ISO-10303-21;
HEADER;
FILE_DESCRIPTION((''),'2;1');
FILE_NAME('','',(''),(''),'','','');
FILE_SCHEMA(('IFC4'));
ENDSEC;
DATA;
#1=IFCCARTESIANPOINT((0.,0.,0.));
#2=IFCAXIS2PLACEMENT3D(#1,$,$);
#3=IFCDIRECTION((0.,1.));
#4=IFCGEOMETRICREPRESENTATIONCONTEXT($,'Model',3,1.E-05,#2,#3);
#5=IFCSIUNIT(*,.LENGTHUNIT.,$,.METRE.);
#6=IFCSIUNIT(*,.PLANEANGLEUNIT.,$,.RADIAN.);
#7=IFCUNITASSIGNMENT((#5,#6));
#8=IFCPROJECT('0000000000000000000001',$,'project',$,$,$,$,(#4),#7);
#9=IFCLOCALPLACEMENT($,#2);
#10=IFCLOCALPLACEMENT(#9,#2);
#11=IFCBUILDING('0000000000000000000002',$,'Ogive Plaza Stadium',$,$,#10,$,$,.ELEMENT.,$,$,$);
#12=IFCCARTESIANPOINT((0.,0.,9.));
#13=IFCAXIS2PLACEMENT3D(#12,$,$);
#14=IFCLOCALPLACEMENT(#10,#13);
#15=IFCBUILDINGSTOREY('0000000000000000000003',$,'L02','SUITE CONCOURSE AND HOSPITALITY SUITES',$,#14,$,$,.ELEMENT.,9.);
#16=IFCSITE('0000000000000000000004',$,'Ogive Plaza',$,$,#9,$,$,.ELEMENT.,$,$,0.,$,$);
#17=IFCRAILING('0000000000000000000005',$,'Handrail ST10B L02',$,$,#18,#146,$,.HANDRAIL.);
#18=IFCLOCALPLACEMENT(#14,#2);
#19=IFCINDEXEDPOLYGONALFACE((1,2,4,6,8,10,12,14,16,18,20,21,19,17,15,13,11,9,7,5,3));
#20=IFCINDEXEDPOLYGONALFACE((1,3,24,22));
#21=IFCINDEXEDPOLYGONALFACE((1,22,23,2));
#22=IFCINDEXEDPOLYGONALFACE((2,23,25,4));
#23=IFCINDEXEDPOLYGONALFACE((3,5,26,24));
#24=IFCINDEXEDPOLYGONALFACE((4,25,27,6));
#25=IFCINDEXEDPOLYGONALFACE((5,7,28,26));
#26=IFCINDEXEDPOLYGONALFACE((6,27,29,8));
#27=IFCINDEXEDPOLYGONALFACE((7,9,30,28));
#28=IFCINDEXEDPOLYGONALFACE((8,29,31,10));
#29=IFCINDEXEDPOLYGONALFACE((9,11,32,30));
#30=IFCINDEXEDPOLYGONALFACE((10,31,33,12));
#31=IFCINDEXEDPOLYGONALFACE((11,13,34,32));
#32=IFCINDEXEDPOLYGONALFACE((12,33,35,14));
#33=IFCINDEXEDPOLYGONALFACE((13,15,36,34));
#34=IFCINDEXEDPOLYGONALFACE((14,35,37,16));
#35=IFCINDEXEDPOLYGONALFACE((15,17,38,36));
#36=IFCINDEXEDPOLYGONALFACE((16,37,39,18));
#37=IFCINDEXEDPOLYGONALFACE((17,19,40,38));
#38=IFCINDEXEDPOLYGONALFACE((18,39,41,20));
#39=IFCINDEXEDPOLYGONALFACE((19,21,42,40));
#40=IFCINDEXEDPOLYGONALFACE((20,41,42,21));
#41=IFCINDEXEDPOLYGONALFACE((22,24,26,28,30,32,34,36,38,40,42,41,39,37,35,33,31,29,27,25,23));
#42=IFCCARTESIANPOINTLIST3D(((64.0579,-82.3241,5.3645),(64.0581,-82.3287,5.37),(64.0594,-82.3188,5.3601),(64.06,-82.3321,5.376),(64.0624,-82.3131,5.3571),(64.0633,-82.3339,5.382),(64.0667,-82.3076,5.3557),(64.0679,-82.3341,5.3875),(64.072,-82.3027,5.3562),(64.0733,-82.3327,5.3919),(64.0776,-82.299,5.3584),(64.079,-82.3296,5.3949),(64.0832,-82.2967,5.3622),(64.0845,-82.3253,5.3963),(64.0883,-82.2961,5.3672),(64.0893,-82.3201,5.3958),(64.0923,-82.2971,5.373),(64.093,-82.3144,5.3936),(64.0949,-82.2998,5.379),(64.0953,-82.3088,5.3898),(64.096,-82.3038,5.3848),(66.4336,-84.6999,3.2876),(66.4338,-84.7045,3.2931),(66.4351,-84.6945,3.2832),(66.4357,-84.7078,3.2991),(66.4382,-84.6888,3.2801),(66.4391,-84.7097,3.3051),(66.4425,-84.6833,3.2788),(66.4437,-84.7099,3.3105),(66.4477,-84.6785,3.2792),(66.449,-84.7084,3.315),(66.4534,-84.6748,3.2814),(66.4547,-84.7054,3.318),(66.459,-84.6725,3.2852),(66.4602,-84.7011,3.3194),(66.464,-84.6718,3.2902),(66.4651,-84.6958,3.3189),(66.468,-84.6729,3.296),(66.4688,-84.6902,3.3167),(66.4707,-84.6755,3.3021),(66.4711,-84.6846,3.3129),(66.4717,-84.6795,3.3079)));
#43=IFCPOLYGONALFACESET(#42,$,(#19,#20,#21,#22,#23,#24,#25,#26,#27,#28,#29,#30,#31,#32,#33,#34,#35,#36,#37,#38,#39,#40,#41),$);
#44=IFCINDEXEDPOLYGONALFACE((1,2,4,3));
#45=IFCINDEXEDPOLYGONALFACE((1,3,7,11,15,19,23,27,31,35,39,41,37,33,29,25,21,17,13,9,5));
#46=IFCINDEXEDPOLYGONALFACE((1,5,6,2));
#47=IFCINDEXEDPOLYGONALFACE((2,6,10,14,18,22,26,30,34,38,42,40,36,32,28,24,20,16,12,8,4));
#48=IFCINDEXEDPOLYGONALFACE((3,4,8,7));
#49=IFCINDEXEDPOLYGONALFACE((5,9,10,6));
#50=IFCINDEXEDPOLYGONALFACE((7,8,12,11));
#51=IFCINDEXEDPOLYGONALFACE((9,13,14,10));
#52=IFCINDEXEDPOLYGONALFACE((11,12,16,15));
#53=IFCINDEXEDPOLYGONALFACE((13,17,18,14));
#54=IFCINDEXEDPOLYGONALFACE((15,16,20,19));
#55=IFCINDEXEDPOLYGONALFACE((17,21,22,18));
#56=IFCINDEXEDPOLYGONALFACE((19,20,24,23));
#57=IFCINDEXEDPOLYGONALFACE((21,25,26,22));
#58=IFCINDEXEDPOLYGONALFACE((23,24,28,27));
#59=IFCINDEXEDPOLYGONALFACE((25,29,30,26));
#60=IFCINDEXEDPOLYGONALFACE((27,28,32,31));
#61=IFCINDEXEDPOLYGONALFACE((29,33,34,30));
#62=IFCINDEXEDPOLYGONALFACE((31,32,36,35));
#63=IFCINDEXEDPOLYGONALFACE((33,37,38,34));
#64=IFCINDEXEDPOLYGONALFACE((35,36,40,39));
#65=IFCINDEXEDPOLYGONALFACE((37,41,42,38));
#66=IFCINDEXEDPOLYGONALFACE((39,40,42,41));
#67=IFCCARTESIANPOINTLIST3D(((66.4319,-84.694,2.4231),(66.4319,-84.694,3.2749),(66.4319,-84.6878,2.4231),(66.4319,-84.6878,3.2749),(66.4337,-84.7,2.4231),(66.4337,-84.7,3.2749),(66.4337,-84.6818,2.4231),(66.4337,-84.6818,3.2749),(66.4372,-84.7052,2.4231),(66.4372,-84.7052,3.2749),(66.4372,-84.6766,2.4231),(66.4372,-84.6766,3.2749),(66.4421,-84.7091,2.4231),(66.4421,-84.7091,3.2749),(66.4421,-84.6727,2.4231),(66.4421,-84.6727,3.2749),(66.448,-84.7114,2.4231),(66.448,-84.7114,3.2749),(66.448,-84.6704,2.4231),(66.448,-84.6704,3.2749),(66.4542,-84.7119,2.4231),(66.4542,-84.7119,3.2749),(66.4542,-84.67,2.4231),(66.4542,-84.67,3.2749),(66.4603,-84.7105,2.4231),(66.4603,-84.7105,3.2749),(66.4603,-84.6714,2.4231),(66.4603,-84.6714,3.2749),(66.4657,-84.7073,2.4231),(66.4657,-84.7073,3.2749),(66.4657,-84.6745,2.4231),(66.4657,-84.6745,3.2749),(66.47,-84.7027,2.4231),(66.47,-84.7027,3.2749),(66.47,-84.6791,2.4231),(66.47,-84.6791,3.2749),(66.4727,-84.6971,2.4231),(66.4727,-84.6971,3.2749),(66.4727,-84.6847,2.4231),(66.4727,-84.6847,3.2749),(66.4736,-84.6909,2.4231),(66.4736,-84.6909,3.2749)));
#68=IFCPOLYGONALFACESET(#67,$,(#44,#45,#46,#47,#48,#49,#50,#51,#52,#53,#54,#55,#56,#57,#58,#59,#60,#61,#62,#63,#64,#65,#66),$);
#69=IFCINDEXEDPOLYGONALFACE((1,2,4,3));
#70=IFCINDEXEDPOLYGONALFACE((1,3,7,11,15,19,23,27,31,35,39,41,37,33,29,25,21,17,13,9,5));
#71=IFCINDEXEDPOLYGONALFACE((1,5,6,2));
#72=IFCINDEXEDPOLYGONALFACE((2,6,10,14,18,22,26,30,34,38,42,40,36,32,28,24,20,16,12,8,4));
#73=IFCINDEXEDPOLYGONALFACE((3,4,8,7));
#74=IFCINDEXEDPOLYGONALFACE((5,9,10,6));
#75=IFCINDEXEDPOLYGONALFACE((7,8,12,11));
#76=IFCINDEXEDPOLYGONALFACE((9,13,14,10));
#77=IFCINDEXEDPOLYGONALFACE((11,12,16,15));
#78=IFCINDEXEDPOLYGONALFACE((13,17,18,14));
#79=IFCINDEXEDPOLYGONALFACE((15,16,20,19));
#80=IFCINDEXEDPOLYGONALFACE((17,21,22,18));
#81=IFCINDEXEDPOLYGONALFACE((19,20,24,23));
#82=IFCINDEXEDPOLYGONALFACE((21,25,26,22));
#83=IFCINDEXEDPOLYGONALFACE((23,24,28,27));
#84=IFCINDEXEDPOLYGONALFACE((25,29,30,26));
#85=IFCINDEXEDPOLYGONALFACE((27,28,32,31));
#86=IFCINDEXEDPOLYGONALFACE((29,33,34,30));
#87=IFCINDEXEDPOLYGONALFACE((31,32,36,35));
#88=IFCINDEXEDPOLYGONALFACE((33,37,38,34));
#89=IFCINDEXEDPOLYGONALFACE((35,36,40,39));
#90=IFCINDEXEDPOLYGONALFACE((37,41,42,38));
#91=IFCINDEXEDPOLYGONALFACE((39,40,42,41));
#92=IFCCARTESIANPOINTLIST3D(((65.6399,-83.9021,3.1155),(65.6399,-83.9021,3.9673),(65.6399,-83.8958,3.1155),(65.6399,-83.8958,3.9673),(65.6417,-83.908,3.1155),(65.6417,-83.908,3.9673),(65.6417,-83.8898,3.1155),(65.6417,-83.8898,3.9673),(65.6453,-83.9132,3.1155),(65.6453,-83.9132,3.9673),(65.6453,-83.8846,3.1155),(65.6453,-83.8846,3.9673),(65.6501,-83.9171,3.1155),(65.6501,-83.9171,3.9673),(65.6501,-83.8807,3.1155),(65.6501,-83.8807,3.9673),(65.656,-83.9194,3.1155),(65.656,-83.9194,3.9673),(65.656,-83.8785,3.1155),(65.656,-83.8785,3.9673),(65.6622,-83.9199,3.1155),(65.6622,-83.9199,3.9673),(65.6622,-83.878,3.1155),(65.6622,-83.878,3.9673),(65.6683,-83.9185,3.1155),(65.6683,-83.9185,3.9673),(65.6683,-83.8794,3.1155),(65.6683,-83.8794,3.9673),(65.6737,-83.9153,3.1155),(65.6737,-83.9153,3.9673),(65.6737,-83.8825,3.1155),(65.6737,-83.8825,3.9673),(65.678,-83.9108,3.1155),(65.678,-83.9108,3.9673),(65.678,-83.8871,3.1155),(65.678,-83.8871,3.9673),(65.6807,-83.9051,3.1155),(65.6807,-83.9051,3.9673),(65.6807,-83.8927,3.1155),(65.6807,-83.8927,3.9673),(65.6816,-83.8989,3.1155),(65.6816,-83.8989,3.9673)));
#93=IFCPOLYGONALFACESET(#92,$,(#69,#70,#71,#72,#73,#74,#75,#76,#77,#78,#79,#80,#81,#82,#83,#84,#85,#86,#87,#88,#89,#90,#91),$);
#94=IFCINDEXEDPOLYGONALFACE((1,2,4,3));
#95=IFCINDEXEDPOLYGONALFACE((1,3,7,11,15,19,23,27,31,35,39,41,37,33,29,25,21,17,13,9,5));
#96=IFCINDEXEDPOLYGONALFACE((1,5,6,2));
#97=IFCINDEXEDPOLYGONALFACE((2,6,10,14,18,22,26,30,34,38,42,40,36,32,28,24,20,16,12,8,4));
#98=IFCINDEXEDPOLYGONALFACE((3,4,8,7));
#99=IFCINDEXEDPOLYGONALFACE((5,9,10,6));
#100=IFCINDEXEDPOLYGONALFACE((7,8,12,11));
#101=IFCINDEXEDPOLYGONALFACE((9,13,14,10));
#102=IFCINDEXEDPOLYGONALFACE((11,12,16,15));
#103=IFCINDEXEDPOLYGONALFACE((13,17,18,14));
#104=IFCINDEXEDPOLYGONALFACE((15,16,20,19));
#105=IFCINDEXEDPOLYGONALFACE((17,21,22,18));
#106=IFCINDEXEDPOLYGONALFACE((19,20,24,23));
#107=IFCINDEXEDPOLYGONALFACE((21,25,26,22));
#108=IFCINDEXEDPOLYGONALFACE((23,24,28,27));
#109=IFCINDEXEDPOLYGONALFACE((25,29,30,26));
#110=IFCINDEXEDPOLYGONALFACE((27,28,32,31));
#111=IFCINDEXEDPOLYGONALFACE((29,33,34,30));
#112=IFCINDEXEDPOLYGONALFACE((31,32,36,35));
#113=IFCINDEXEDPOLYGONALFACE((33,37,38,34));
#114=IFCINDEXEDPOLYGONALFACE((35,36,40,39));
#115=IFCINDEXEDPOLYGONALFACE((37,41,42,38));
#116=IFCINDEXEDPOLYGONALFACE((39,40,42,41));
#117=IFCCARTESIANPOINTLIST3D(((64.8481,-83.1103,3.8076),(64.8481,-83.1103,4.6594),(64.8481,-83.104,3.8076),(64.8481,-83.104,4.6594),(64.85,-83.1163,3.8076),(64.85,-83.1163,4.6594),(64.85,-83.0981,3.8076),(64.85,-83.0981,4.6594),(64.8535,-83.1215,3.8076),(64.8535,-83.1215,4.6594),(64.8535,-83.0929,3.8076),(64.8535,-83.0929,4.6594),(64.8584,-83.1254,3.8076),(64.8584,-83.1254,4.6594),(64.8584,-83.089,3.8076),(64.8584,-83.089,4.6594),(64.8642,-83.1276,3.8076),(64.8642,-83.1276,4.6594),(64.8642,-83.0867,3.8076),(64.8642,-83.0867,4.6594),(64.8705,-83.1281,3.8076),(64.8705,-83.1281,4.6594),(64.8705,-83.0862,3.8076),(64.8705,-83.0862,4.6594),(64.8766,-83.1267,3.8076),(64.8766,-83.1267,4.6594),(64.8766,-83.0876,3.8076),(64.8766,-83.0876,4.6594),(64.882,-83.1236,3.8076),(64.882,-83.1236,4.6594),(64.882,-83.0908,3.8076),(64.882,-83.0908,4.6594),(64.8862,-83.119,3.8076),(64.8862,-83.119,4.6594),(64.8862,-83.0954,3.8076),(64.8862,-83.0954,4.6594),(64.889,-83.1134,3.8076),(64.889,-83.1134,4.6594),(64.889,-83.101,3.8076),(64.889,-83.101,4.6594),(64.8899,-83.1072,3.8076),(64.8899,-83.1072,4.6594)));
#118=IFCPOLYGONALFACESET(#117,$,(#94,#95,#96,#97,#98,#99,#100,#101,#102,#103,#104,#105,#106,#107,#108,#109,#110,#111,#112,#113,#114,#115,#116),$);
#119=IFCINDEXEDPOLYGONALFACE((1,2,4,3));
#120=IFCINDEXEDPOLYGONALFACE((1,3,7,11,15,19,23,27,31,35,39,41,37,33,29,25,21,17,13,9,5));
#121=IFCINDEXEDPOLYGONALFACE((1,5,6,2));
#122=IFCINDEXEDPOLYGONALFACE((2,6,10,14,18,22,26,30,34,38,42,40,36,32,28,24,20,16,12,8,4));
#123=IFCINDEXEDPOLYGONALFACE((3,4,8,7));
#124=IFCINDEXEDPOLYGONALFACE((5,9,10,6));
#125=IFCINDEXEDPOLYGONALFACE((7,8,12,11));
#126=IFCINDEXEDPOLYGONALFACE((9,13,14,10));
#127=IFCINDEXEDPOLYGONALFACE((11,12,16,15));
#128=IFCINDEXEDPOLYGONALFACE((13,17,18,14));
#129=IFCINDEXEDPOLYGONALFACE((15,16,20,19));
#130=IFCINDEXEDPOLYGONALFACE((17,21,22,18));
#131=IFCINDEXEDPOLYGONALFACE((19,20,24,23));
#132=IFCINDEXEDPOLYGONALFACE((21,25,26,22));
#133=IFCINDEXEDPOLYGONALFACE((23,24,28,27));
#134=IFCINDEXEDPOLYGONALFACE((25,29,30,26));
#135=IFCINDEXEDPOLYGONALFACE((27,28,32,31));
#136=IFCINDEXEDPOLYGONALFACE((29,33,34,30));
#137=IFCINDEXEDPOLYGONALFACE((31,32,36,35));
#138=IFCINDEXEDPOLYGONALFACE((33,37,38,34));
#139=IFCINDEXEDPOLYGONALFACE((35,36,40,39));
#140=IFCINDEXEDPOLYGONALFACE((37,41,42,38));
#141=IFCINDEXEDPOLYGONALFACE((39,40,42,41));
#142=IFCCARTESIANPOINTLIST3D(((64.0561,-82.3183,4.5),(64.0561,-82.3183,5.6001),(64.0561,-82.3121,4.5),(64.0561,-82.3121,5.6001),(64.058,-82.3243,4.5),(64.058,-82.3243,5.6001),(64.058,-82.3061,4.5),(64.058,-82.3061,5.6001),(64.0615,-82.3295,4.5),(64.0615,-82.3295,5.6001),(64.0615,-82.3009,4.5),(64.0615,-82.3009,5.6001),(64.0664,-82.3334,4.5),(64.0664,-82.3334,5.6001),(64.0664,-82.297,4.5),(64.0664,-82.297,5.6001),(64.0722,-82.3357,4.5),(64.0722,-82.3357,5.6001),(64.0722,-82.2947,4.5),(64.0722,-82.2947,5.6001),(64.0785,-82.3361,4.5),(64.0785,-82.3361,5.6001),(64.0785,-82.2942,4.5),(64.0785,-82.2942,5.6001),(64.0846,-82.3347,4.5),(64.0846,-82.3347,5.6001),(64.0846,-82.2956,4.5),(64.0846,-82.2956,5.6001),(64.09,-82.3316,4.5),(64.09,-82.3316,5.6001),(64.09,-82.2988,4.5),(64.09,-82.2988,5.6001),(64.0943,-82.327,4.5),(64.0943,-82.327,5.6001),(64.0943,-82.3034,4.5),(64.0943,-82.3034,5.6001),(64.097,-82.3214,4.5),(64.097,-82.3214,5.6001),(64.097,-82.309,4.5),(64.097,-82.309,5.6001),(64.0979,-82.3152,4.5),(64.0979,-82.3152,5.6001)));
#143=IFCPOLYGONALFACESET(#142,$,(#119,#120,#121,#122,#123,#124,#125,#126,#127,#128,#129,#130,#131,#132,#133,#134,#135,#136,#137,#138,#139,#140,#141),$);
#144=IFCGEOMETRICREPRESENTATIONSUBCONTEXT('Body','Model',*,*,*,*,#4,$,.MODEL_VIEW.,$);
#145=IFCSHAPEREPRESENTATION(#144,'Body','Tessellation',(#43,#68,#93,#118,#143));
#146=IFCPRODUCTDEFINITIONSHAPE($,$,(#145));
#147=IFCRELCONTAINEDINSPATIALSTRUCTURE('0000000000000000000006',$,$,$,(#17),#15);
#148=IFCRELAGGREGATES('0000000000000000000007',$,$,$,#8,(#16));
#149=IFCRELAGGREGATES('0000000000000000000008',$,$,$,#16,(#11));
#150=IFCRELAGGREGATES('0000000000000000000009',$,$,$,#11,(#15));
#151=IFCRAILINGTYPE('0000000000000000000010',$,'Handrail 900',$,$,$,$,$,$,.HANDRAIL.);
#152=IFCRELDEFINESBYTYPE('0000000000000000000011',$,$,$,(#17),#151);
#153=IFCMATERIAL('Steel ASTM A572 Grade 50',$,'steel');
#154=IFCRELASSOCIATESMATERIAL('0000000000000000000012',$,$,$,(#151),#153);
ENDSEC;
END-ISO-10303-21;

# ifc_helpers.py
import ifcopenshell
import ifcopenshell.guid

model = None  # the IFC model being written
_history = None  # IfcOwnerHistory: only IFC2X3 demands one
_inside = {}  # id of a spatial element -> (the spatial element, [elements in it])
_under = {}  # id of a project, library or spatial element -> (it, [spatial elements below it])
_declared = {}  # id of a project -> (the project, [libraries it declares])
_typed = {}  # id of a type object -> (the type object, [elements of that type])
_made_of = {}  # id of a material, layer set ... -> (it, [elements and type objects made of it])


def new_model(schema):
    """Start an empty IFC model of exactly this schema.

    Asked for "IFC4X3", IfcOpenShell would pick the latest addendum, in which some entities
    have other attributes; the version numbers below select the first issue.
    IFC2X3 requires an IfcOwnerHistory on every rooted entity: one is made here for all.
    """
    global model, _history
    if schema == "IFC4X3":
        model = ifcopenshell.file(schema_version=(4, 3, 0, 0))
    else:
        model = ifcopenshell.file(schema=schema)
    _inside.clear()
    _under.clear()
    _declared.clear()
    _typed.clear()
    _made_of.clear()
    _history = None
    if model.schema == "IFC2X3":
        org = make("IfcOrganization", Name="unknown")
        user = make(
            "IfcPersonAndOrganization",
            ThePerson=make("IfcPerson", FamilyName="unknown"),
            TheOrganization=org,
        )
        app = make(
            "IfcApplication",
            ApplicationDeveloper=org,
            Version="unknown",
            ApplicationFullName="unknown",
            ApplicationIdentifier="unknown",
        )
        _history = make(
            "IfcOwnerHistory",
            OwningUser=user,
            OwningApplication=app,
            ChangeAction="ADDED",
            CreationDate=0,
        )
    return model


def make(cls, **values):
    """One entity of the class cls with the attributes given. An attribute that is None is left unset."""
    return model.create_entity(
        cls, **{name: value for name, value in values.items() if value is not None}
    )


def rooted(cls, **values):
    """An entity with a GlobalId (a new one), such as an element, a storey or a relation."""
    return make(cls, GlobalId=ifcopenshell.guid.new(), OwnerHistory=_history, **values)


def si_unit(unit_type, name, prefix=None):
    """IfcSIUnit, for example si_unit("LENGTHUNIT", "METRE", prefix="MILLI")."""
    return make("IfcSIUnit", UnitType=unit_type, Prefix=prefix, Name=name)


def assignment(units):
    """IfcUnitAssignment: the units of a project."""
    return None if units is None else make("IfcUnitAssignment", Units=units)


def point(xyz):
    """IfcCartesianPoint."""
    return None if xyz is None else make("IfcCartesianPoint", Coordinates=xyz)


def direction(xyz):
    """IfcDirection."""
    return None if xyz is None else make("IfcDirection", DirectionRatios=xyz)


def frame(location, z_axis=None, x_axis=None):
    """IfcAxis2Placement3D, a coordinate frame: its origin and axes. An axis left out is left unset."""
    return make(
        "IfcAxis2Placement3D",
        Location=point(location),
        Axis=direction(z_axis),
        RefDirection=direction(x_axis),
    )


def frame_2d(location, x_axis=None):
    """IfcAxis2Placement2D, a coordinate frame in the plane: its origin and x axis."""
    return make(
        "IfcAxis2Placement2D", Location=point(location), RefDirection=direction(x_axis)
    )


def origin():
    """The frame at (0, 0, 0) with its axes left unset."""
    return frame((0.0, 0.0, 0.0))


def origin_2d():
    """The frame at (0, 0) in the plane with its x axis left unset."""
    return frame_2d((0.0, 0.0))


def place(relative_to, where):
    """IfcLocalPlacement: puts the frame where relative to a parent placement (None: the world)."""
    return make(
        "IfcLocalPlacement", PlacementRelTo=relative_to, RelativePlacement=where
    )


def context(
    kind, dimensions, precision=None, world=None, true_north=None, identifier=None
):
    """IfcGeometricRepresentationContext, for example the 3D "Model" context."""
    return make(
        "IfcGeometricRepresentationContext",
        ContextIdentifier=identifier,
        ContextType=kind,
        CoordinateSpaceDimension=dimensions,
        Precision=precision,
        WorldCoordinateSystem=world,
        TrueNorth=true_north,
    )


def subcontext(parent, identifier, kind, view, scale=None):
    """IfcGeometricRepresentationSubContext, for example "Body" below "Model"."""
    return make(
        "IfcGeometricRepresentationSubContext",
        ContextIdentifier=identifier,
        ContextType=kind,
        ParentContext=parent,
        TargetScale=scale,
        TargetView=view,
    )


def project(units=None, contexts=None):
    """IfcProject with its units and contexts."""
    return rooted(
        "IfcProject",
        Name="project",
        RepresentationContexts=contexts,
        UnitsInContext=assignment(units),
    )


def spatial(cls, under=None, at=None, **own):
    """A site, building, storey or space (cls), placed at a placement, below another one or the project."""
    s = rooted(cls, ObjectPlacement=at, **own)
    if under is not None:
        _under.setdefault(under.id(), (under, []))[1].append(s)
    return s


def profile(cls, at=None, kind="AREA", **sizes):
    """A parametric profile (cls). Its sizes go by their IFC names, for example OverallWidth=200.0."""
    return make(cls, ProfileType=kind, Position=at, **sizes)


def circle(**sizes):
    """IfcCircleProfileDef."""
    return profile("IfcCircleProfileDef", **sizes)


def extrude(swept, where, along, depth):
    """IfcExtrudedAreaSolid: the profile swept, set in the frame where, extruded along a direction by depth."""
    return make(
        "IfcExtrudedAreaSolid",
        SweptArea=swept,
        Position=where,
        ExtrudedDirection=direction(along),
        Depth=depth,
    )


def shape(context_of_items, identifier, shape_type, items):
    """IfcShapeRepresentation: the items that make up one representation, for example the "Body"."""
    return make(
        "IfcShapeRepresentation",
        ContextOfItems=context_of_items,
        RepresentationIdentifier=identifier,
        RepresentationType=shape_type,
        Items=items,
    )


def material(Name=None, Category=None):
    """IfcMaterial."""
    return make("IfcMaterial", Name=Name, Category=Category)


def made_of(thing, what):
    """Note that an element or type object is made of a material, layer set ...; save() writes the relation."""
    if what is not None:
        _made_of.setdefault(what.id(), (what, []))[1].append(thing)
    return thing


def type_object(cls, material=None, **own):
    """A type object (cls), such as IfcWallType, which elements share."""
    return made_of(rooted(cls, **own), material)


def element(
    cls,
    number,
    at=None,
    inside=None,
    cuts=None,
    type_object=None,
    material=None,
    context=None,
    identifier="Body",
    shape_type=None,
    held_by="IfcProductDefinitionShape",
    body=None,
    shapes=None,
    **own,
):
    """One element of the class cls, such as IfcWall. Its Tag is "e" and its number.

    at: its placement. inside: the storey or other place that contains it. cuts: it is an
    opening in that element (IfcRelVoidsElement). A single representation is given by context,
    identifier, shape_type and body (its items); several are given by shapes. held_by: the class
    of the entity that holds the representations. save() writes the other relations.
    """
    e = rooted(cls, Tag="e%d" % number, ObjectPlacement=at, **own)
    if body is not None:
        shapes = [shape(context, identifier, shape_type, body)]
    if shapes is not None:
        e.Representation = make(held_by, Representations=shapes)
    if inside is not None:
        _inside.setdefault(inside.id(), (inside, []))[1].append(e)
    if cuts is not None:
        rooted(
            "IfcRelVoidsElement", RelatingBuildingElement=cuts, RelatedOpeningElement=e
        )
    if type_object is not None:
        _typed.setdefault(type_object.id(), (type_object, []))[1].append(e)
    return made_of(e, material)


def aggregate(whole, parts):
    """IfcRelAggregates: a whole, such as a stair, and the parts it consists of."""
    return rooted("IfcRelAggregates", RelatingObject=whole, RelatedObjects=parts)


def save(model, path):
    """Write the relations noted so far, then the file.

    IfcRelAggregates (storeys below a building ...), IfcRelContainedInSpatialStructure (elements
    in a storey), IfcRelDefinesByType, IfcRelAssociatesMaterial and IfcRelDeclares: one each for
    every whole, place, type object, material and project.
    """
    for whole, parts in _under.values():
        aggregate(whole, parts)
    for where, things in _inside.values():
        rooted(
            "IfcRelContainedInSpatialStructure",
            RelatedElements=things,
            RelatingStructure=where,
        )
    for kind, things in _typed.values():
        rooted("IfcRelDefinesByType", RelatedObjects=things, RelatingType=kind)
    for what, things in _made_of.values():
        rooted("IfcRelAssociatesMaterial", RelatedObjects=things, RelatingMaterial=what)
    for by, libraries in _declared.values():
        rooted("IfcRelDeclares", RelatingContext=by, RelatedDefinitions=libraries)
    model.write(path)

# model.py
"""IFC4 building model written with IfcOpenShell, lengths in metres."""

from ifc_helpers import new_model, si_unit, direction, frame, origin, origin_2d, place, context, subcontext, project, spatial, circle, extrude, material, type_object, element, save


model = new_model("IFC4")

# Units and contexts
model_context = context("Model", 3, precision=1e-05, world=origin(), true_north=direction((0.0, 1.0)))
body_context = subcontext(model_context, "Body", "Model", "MODEL_VIEW")
ifc_project = project(units=[si_unit("LENGTHUNIT", "METRE"), si_unit("PLANEANGLEUNIT", "RADIAN")], contexts=[model_context])

# Site, building, storey
site_placement = place(None, origin())
site = spatial("IfcSite", under=ifc_project, at=site_placement, Name="Ogive Plaza", CompositionType="ELEMENT", RefElevation=0.0)
building_placement = place(site_placement, origin())
building = spatial("IfcBuilding", under=site, at=building_placement, Name="Ogive Plaza Stadium", CompositionType="ELEMENT")
storey_placement = place(building_placement, frame((0.0, 0.0, 9.0)))
storey = spatial("IfcBuildingStorey", under=building, at=storey_placement, Name="L02", Description="SUITE CONCOURSE AND HOSPITALITY SUITES", CompositionType="ELEMENT", Elevation=9.0)

# Railing
ifc_material_1 = material(Name="Steel ASTM A572 Grade 50", Category="steel")
railing_type_1 = type_object("IfcRailingType", Name="Handrail 900", PredefinedType="HANDRAIL", material=ifc_material_1)
for number, where, name in (
    (1, (66.4526, -84.6909, 2.4231), "Handrail ST10B L02"),
):
    element("IfcRailing", number, at=place(storey_placement, frame(where)), inside=storey, type_object=railing_type_1, Name=name, PredefinedType="HANDRAIL", context=body_context, shape_type="SweptSolid", body=[
        extrude(circle(Radius=0.0239, at=origin_2d()), frame((0.0, 0.0, 0.876), z_axis=(-0.601466, 0.601466, 0.525811), x_axis=(-0.707107, -0.707107, 0.0)), (0.0, 0.0, 1.0), 3.95),
        extrude(circle(Radius=0.021, at=origin_2d()), origin(), (0.0, 0.0, 1.0), 0.8518),
        extrude(circle(Radius=0.021, at=origin_2d()), frame((-0.792, 0.792, 0.6924)), (0.0, 0.0, 1.0), 0.8518),
        extrude(circle(Radius=0.021, at=origin_2d()), frame((-1.5837, 1.5837, 1.3845)), (0.0, 0.0, 1.0), 0.8518),
        extrude(circle(Radius=0.021, at=origin_2d()), frame((-2.3757, 2.3757, 2.0769)), (0.0, 0.0, 1.0), 1.1001),
    ])

save(model, "model.ifc")
